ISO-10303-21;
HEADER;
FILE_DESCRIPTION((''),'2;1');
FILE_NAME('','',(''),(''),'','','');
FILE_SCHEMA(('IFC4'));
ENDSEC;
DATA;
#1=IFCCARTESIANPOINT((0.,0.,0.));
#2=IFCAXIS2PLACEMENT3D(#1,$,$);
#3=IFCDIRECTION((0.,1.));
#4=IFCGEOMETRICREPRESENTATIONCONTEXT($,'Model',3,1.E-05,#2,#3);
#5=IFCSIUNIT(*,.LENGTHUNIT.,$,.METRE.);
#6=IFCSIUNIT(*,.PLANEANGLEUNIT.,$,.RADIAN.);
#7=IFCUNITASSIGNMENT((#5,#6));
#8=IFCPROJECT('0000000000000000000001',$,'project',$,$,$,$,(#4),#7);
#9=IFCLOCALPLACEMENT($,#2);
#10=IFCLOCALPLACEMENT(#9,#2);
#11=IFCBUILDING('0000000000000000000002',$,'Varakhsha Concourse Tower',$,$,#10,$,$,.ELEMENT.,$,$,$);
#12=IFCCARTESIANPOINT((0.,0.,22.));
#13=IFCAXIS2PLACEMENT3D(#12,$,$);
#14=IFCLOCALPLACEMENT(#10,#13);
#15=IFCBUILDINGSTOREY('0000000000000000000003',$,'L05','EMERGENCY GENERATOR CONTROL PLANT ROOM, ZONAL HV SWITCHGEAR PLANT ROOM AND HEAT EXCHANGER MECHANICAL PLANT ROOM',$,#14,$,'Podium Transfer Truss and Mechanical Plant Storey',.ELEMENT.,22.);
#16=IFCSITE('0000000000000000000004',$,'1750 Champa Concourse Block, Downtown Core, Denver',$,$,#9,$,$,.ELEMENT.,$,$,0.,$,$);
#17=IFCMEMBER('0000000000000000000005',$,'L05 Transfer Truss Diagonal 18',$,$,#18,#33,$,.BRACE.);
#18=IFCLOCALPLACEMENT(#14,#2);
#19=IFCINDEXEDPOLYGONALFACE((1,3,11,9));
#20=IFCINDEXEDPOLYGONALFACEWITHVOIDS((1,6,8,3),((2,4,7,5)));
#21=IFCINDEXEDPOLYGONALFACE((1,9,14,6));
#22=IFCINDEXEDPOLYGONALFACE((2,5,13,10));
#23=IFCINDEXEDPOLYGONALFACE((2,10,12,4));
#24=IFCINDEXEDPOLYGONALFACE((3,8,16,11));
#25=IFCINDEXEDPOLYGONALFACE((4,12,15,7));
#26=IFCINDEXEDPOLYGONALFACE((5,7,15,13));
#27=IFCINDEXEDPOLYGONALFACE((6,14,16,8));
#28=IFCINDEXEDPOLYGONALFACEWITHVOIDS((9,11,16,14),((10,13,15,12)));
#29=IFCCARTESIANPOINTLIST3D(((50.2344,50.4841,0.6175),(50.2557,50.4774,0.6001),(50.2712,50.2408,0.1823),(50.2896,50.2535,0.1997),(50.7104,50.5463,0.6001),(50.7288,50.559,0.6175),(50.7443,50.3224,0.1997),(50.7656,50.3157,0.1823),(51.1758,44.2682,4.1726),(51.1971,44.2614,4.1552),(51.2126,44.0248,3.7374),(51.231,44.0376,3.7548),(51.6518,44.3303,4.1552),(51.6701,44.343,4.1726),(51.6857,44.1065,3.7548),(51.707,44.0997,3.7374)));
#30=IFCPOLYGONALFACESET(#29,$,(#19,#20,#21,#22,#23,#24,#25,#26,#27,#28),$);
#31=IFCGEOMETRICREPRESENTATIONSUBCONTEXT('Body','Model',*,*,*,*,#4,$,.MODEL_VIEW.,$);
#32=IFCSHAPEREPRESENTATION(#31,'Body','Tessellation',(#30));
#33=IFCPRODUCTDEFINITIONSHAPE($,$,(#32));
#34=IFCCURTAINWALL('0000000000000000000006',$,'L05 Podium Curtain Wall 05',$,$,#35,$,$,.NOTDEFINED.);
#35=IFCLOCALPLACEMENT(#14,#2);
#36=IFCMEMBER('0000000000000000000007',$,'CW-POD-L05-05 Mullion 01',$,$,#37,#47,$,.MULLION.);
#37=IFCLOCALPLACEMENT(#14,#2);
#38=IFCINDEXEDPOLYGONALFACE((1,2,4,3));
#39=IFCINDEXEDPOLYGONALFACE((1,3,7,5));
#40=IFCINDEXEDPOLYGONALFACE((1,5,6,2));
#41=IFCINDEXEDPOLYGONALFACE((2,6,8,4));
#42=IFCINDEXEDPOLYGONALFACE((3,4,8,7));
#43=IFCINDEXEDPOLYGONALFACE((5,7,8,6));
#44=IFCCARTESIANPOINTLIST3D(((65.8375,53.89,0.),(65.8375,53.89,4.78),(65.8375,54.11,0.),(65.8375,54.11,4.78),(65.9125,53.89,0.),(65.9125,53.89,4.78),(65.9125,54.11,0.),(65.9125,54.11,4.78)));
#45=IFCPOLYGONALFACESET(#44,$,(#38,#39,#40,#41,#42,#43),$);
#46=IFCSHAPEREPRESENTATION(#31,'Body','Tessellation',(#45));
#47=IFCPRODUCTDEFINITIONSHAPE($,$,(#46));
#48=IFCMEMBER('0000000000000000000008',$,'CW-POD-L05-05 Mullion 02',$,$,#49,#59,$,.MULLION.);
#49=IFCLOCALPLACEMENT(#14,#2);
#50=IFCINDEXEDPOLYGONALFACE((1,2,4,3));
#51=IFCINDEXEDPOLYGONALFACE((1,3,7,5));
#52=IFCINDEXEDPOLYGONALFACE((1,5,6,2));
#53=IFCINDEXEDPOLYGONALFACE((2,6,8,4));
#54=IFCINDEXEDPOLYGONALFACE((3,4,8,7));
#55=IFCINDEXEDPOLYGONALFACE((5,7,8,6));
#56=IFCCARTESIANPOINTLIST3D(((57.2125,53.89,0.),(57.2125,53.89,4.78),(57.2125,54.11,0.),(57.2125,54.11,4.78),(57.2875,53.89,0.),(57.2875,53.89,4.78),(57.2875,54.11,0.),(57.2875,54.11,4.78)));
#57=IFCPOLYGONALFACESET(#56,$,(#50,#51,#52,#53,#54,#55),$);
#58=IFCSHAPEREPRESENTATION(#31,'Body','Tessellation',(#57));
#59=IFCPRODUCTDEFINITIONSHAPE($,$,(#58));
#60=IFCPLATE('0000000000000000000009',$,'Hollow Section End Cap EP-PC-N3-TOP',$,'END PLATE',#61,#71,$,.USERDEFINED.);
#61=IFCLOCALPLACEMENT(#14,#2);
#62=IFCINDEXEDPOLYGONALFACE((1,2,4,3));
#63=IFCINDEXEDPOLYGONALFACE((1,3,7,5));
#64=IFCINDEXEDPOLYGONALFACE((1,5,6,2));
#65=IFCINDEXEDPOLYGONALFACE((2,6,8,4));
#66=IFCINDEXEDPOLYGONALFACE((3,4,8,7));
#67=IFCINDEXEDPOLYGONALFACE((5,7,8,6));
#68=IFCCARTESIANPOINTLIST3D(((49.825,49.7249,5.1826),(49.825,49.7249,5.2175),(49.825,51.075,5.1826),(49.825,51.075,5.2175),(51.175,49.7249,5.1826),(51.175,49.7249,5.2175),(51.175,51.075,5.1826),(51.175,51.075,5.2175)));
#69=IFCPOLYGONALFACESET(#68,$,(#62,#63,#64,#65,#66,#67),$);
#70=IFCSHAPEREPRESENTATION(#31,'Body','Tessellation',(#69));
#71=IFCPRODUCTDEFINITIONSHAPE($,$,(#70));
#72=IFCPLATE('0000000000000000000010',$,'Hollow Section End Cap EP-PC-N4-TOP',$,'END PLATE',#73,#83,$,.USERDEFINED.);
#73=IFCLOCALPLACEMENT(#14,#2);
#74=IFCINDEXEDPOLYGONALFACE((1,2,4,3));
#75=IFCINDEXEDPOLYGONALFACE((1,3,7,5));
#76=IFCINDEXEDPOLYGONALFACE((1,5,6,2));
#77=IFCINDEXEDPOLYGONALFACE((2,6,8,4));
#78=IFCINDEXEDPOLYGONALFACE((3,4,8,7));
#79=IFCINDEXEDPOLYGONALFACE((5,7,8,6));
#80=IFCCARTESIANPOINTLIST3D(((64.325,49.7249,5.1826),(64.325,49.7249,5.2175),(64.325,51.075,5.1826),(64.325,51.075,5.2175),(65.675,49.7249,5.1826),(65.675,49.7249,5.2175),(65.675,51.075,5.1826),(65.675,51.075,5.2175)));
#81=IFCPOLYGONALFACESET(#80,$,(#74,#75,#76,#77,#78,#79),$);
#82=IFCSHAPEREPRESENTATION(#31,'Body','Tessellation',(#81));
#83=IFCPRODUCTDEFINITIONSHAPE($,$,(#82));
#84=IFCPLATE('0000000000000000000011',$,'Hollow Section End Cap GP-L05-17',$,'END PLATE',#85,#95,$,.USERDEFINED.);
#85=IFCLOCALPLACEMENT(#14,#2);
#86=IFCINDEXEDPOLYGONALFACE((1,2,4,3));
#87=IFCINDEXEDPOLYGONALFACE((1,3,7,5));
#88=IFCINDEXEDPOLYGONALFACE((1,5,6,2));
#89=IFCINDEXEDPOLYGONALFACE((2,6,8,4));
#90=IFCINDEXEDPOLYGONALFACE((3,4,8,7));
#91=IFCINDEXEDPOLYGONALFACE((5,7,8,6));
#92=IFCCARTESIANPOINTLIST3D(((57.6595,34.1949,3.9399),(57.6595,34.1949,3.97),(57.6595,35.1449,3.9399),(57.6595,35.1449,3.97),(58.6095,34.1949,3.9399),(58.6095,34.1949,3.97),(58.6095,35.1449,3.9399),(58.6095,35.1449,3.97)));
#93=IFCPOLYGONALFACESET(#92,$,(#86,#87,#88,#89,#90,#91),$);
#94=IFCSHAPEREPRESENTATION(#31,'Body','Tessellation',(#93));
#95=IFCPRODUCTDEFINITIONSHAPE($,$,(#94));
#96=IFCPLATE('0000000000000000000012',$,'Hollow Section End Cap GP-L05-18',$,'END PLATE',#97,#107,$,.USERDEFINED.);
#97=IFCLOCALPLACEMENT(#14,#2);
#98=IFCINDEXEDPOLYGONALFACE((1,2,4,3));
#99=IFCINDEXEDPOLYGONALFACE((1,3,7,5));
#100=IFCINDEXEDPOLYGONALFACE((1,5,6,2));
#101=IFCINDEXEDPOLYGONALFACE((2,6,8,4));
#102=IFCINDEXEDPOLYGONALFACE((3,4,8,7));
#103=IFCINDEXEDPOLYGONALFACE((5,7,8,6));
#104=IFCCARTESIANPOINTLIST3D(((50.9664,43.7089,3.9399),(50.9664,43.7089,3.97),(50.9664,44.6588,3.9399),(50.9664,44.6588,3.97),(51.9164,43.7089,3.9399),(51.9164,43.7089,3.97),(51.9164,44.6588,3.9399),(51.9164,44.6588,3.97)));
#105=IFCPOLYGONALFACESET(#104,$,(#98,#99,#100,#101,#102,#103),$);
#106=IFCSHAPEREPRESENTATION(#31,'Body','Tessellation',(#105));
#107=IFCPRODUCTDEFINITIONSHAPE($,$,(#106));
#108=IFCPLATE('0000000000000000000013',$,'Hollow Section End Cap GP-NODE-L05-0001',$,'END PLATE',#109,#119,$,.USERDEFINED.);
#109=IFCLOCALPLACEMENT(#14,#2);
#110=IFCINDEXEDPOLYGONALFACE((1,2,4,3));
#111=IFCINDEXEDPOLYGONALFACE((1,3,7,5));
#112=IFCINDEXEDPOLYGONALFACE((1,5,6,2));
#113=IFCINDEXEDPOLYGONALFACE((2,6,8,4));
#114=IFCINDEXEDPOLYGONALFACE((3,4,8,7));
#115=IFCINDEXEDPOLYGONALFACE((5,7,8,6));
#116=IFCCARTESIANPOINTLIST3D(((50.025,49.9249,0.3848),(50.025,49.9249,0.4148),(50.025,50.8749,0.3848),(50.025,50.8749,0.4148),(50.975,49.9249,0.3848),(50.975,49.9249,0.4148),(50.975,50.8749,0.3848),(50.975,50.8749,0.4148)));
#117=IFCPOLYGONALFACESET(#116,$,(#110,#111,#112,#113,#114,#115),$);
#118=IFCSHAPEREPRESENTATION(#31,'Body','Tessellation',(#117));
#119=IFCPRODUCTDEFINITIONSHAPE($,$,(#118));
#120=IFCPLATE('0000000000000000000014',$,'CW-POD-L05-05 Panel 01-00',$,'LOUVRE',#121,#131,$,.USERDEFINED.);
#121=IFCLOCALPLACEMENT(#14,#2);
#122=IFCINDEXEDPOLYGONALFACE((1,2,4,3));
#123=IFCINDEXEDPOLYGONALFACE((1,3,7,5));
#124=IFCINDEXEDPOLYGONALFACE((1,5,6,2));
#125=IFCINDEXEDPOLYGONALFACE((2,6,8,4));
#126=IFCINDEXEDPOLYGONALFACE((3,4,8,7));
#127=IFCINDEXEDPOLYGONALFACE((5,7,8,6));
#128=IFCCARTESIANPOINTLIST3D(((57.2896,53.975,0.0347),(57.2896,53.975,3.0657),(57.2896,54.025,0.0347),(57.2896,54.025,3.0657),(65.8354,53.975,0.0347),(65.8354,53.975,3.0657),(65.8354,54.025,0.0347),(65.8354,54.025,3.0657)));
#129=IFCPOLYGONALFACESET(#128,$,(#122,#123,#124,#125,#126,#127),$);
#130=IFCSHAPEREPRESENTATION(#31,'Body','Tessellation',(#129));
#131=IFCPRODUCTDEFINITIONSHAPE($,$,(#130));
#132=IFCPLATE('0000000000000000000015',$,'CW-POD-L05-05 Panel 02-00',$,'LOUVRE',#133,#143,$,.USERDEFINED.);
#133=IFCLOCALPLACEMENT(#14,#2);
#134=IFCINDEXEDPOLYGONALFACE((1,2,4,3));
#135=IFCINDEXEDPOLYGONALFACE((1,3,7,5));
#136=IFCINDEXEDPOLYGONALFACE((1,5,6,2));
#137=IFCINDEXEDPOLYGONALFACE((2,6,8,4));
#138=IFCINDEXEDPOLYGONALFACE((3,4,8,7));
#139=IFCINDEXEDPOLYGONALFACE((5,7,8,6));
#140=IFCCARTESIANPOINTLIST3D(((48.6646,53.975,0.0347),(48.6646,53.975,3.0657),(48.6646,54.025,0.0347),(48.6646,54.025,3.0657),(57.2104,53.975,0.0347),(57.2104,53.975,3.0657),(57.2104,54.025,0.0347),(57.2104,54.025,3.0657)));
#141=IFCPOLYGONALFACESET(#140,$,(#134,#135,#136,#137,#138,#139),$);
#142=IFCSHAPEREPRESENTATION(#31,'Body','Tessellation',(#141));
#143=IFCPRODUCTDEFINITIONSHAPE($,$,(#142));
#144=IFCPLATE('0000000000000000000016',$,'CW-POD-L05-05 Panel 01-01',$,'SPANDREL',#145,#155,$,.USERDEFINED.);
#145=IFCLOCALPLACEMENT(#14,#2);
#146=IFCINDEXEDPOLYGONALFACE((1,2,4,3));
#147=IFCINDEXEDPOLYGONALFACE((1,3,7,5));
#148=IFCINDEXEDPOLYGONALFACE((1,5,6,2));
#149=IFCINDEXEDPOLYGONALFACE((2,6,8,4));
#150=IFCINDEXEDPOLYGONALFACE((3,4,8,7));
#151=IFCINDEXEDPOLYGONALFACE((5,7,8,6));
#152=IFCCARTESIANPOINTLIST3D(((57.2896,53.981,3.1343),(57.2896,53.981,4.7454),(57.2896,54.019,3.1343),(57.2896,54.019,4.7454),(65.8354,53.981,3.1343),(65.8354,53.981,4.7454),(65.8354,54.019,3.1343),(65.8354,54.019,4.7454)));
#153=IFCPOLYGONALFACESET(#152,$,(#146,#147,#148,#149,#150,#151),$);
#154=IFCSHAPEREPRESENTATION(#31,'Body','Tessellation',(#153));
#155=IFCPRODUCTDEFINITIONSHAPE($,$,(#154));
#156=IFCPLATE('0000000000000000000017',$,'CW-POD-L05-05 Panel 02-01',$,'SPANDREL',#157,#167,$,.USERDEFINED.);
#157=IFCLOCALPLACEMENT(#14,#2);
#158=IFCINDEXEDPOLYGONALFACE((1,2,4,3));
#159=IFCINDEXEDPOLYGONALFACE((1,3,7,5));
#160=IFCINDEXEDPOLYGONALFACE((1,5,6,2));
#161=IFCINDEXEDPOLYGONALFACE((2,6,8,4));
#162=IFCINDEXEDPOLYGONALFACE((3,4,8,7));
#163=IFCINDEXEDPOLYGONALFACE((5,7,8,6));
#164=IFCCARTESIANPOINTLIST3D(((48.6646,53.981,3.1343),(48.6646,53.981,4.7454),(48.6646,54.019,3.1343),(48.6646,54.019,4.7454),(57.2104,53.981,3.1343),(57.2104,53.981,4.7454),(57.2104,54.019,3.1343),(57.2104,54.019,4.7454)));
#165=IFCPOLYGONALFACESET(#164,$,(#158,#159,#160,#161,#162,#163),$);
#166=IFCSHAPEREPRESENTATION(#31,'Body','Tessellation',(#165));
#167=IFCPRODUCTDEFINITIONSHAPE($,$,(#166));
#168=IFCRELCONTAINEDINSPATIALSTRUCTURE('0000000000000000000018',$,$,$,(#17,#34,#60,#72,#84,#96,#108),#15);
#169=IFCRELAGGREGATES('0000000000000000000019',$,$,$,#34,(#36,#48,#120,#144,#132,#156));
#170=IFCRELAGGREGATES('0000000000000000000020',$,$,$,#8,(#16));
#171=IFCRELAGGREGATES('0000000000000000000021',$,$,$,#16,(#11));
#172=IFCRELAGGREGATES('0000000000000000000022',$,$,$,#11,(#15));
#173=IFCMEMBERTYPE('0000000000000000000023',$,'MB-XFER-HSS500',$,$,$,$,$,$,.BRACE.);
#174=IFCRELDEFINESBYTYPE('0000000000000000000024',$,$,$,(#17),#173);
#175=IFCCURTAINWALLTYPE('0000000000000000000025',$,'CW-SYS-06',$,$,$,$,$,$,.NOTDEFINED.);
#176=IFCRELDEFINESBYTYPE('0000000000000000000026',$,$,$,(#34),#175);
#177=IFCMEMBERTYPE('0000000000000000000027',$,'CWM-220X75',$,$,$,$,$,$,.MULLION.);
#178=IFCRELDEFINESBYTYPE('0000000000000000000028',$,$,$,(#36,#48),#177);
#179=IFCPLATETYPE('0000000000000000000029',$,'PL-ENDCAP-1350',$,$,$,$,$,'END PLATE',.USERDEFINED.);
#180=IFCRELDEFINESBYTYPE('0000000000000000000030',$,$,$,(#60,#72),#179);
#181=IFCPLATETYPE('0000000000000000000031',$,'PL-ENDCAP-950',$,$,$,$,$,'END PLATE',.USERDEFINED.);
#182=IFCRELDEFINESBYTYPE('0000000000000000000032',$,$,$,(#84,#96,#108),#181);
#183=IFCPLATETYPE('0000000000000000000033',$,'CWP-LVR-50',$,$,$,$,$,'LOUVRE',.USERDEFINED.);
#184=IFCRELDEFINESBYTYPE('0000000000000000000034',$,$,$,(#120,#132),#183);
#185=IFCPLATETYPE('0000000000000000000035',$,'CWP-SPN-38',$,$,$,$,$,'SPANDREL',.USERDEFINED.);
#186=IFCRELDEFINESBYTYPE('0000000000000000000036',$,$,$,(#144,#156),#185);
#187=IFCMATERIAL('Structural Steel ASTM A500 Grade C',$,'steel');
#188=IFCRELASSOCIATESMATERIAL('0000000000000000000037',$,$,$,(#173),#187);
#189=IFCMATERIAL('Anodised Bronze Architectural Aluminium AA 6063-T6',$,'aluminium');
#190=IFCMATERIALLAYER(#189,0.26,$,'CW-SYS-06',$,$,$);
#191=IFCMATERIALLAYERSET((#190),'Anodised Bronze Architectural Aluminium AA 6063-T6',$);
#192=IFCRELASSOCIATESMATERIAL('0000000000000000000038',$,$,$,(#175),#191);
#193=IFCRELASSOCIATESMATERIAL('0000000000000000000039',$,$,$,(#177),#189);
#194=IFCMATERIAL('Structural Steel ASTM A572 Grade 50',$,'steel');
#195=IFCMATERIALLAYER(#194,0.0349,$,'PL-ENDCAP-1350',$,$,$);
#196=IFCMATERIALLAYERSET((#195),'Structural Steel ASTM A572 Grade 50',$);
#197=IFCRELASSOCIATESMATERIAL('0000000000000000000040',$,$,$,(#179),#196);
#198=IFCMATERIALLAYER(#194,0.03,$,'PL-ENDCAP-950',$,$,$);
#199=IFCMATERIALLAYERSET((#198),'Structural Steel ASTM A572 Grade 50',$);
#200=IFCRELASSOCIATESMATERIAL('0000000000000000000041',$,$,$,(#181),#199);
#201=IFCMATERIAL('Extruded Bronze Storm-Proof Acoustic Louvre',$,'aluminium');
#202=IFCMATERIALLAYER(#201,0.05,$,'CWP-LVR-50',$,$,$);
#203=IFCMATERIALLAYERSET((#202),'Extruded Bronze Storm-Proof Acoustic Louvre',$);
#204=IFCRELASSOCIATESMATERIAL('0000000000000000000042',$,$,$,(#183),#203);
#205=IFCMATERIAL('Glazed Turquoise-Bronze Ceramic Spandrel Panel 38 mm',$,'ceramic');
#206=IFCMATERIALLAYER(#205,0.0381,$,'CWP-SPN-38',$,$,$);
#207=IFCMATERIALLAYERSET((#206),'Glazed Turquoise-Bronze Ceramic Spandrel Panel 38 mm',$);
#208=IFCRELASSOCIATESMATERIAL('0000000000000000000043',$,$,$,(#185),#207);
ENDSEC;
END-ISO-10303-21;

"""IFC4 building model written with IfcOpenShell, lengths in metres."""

from ifc_helpers import new_model, si_unit, direction, frame, origin, origin_2d, place, context, subcontext, project, spatial, rectangle, hollow_rectangle, extrude, source, transform, mapped, material, layer, layer_set, material_profile, profile_set, type_object, type_shapes, element, aggregate, save


model = new_model("IFC4")

# Units and contexts
model_context = context("Model", 3, precision=1e-05, world=origin(), true_north=direction((0.0, 1.0)))
body_context = subcontext(model_context, "Body", "Model", "MODEL_VIEW")
ifc_project = project(units=[si_unit("LENGTHUNIT", "METRE"), si_unit("PLANEANGLEUNIT", "RADIAN")], contexts=[model_context])

# Site, building, storey
site_placement = place(None, origin())
site = spatial("IfcSite", under=ifc_project, at=site_placement, Name="1750 Champa Concourse Block, Downtown Core, Denver", CompositionType="ELEMENT", RefElevation=0.0)
building_placement = place(site_placement, origin())
building = spatial("IfcBuilding", under=site, at=building_placement, Name="Varakhsha Concourse Tower", CompositionType="ELEMENT")
storey_placement = place(building_placement, frame((0.0, 0.0, 22.0)))
storey = spatial("IfcBuildingStorey", under=building, at=storey_placement, Name="L05", Description="EMERGENCY GENERATOR CONTROL PLANT ROOM, ZONAL HV SWITCHGEAR PLANT ROOM AND HEAT EXCHANGER MECHANICAL PLANT ROOM", LongName="Podium Transfer Truss and Mechanical Plant Storey", CompositionType="ELEMENT", Elevation=22.0)

# Shared definitions
ifc_material_1 = material(Name="Structural Steel ASTM A572 Grade 50", Category="steel")

# Member
ifc_material_2 = material(Name="Structural Steel ASTM A500 Grade C", Category="steel")
ifc_material_profile_1 = material_profile(ifc_material_2, hollow_rectangle(XDim=0.5, YDim=0.5, WallThickness=0.02, at=origin_2d()), Name="HSS 500x500x20")
ifc_profile_set_1 = profile_set([ifc_material_profile_1], Name="Structural Steel ASTM A500 Grade C")
member_type_1 = type_object("IfcMemberType", Name="MB-XFER-HSS500", PredefinedType="BRACE", material=ifc_profile_set_1)
shared_shape_1 = source(origin(), body_context, "Body", "SweptSolid", [
    extrude(hollow_rectangle(XDim=0.5, YDim=0.5, WallThickness=0.02, at=origin_2d()), origin(), (0.0, 0.0, 1.0), 7.2224),
])
member_1_placement = place(storey_placement, frame((50.5, 50.3999, 0.3999), z_axis=(0.130343, -0.860649, 0.492234), x_axis=(0.988725, 0.14974, 0.0)))
element("IfcMember", 1, at=member_1_placement, inside=storey, type_object=member_type_1, Name="L05 Transfer Truss Diagonal 18", PredefinedType="BRACE", context=body_context, shape_type="MappedRepresentation", body=[
    mapped(shared_shape_1, transform((0.0, 0.0, 0.0), scale=1.0)),
])

# Curtain wall, members
ifc_material_3 = material(Name="Anodised Bronze Architectural Aluminium AA 6063-T6", Category="aluminium")
ifc_layer_1 = layer(ifc_material_3, 0.26, Name="CW-SYS-06")
ifc_layer_set_1 = layer_set([ifc_layer_1], Name="Anodised Bronze Architectural Aluminium AA 6063-T6")
curtain_wall_type = type_object("IfcCurtainWallType", Name="CW-SYS-06", PredefinedType="NOTDEFINED", material=ifc_layer_set_1)
curtain_wall_placement = place(storey_placement, origin())
curtain_wall = element("IfcCurtainWall", 2, at=curtain_wall_placement, inside=storey, type_object=curtain_wall_type, Name="L05 Podium Curtain Wall 05", PredefinedType="NOTDEFINED")
ifc_material_profile_2 = material_profile(ifc_material_3, rectangle(XDim=0.075, YDim=0.22, at=origin_2d()), Name="CWM-220X75")
ifc_profile_set_2 = profile_set([ifc_material_profile_2], Name="Anodised Bronze Architectural Aluminium AA 6063-T6")
member_type_2 = type_object("IfcMemberType", Name="CWM-220X75", PredefinedType="MULLION", material=ifc_profile_set_2)
shared_shape_2 = source(origin(), body_context, "Body", "SweptSolid", [
    extrude(rectangle(XDim=0.075, YDim=0.22, at=origin_2d()), origin(), (0.0, 0.0, 1.0), 4.78),
])
type_shapes(member_type_2, [shared_shape_2])
member_2_placement = place(storey_placement, frame((65.875, 54.0, 0.0), z_axis=(0.0, 0.0, 1.0), x_axis=(-1.0, 0.0, 0.0)))
member_2 = element("IfcMember", 3, at=member_2_placement, type_object=member_type_2, Name="CW-POD-L05-05 Mullion 01", PredefinedType="MULLION", context=body_context, shape_type="MappedRepresentation", body=[
    mapped(shared_shape_2, transform((0.0, 0.0, 0.0), scale=1.0)),
])
member_3_placement = place(storey_placement, frame((57.25, 54.0, 0.0), z_axis=(0.0, 0.0, 1.0), x_axis=(-1.0, 0.0, 0.0)))
member_3 = element("IfcMember", 4, at=member_3_placement, type_object=member_type_2, Name="CW-POD-L05-05 Mullion 02", PredefinedType="MULLION", context=body_context, shape_type="MappedRepresentation", body=[
    mapped(shared_shape_2, transform((0.0, 0.0, 0.0), scale=1.0)),
])

# Plates
ifc_layer_2 = layer(ifc_material_1, 0.0349, Name="PL-ENDCAP-1350")
ifc_layer_set_2 = layer_set([ifc_layer_2], Name="Structural Steel ASTM A572 Grade 50")
plate_type_1 = type_object("IfcPlateType", Name="PL-ENDCAP-1350", ElementType="END PLATE", PredefinedType="USERDEFINED", material=ifc_layer_set_2)
shared_shape_3 = source(origin(), body_context, "Body", "SweptSolid", [
    extrude(rectangle(XDim=1.3501, YDim=1.3501, at=origin_2d()), origin(), (0.0, 0.0, 1.0), 0.0349),
])
type_shapes(plate_type_1, [shared_shape_3])
for number, where, z_axis, x_axis, name in (
    (5, (50.5, 50.3999, 5.1826), (0.0, 0.0, 1.0), (1.0, 0.0, 0.0), "Hollow Section End Cap EP-PC-N3-TOP"),
    (6, (65.0, 50.3999, 5.1826), (0.0, 0.0, 1.0), (1.0, 0.0, 0.0), "Hollow Section End Cap EP-PC-N4-TOP"),
):
    element("IfcPlate", number, at=place(storey_placement, frame(where, z_axis=z_axis, x_axis=x_axis)), inside=storey, type_object=plate_type_1, Name=name, ObjectType="END PLATE", PredefinedType="USERDEFINED", context=body_context, shape_type="MappedRepresentation", body=[
        mapped(shared_shape_3, transform((0.0, 0.0, 0.0), scale=1.0)),
    ])
ifc_layer_3 = layer(ifc_material_1, 0.03, Name="PL-ENDCAP-950")
ifc_layer_set_3 = layer_set([ifc_layer_3], Name="Structural Steel ASTM A572 Grade 50")
plate_type_2 = type_object("IfcPlateType", Name="PL-ENDCAP-950", ElementType="END PLATE", PredefinedType="USERDEFINED", material=ifc_layer_set_3)
shared_shape_4 = source(origin(), body_context, "Body", "SweptSolid", [
    extrude(rectangle(XDim=0.95, YDim=0.95, at=origin_2d()), origin(), (0.0, 0.0, 1.0), 0.03),
])
type_shapes(plate_type_2, [shared_shape_4])
for number, where, z_axis, x_axis, name in (
    (7, (58.1345, 34.6699, 3.9399), (0.0, 0.0, 1.0), (1.0, 0.0, 0.0), "Hollow Section End Cap GP-L05-17"),
    (8, (51.4414, 44.1838, 3.9399), (0.0, 0.0, 1.0), (1.0, 0.0, 0.0), "Hollow Section End Cap GP-L05-18"),
    (9, (50.5, 50.3999, 0.3848), (0.0, 0.0, 1.0), (1.0, 0.0, 0.0), "Hollow Section End Cap GP-NODE-L05-0001"),
):
    element("IfcPlate", number, at=place(storey_placement, frame(where, z_axis=z_axis, x_axis=x_axis)), inside=storey, type_object=plate_type_2, Name=name, ObjectType="END PLATE", PredefinedType="USERDEFINED", context=body_context, shape_type="MappedRepresentation", body=[
        mapped(shared_shape_4, transform((0.0, 0.0, 0.0), scale=1.0)),
    ])

# Plates
ifc_material_4 = material(Name="Extruded Bronze Storm-Proof Acoustic Louvre", Category="aluminium")
ifc_layer_4 = layer(ifc_material_4, 0.05, Name="CWP-LVR-50")
ifc_layer_set_4 = layer_set([ifc_layer_4], Name="Extruded Bronze Storm-Proof Acoustic Louvre")
plate_type_3 = type_object("IfcPlateType", Name="CWP-LVR-50", ElementType="LOUVRE", PredefinedType="USERDEFINED", material=ifc_layer_set_4)
shared_shape_5 = source(origin(), body_context, "Body", "SweptSolid", [
    extrude(rectangle(XDim=8.5459, YDim=0.05, at=origin_2d()), origin(), (0.0, 0.0, 1.0), 3.031),
])
type_shapes(plate_type_3, [shared_shape_5])
plate_1_placement = place(storey_placement, frame((61.5625, 54.0, 0.0347), z_axis=(0.0, 0.0, 1.0), x_axis=(-1.0, 0.0, 0.0)))
plate_1 = element("IfcPlate", 10, at=plate_1_placement, type_object=plate_type_3, Name="CW-POD-L05-05 Panel 01-00", ObjectType="LOUVRE", PredefinedType="USERDEFINED", context=body_context, shape_type="MappedRepresentation", body=[
    mapped(shared_shape_5, transform((0.0, 0.0, 0.0), scale=1.0)),
])
plate_2_placement = place(storey_placement, frame((52.9375, 54.0, 0.0347), z_axis=(0.0, 0.0, 1.0), x_axis=(-1.0, 0.0, 0.0)))
plate_2 = element("IfcPlate", 11, at=plate_2_placement, type_object=plate_type_3, Name="CW-POD-L05-05 Panel 02-00", ObjectType="LOUVRE", PredefinedType="USERDEFINED", context=body_context, shape_type="MappedRepresentation", body=[
    mapped(shared_shape_5, transform((0.0, 0.0, 0.0), scale=1.0)),
])
ifc_material_5 = material(Name="Glazed Turquoise-Bronze Ceramic Spandrel Panel 38 mm", Category="ceramic")
ifc_layer_5 = layer(ifc_material_5, 0.0381, Name="CWP-SPN-38")
ifc_layer_set_5 = layer_set([ifc_layer_5], Name="Glazed Turquoise-Bronze Ceramic Spandrel Panel 38 mm")
plate_type_4 = type_object("IfcPlateType", Name="CWP-SPN-38", ElementType="SPANDREL", PredefinedType="USERDEFINED", material=ifc_layer_set_5)
shared_shape_6 = source(origin(), body_context, "Body", "SweptSolid", [
    extrude(rectangle(XDim=8.5459, YDim=0.0381, at=origin_2d()), origin(), (0.0, 0.0, 1.0), 1.6111),
])
type_shapes(plate_type_4, [shared_shape_6])
plate_3_placement = place(storey_placement, frame((61.5625, 54.0, 3.1343), z_axis=(0.0, 0.0, 1.0), x_axis=(-1.0, 0.0, 0.0)))
plate_3 = element("IfcPlate", 12, at=plate_3_placement, type_object=plate_type_4, Name="CW-POD-L05-05 Panel 01-01", ObjectType="SPANDREL", PredefinedType="USERDEFINED", context=body_context, shape_type="MappedRepresentation", body=[
    mapped(shared_shape_6, transform((0.0, 0.0, 0.0), scale=1.0)),
])
plate_4_placement = place(storey_placement, frame((52.9375, 54.0, 3.1343), z_axis=(0.0, 0.0, 1.0), x_axis=(-1.0, 0.0, 0.0)))
plate_4 = element("IfcPlate", 13, at=plate_4_placement, type_object=plate_type_4, Name="CW-POD-L05-05 Panel 02-01", ObjectType="SPANDREL", PredefinedType="USERDEFINED", context=body_context, shape_type="MappedRepresentation", body=[
    mapped(shared_shape_6, transform((0.0, 0.0, 0.0), scale=1.0)),
])
aggregate(curtain_wall, [member_2, member_3, plate_1, plate_3, plate_2, plate_4])

save(model, "model.ifc")
